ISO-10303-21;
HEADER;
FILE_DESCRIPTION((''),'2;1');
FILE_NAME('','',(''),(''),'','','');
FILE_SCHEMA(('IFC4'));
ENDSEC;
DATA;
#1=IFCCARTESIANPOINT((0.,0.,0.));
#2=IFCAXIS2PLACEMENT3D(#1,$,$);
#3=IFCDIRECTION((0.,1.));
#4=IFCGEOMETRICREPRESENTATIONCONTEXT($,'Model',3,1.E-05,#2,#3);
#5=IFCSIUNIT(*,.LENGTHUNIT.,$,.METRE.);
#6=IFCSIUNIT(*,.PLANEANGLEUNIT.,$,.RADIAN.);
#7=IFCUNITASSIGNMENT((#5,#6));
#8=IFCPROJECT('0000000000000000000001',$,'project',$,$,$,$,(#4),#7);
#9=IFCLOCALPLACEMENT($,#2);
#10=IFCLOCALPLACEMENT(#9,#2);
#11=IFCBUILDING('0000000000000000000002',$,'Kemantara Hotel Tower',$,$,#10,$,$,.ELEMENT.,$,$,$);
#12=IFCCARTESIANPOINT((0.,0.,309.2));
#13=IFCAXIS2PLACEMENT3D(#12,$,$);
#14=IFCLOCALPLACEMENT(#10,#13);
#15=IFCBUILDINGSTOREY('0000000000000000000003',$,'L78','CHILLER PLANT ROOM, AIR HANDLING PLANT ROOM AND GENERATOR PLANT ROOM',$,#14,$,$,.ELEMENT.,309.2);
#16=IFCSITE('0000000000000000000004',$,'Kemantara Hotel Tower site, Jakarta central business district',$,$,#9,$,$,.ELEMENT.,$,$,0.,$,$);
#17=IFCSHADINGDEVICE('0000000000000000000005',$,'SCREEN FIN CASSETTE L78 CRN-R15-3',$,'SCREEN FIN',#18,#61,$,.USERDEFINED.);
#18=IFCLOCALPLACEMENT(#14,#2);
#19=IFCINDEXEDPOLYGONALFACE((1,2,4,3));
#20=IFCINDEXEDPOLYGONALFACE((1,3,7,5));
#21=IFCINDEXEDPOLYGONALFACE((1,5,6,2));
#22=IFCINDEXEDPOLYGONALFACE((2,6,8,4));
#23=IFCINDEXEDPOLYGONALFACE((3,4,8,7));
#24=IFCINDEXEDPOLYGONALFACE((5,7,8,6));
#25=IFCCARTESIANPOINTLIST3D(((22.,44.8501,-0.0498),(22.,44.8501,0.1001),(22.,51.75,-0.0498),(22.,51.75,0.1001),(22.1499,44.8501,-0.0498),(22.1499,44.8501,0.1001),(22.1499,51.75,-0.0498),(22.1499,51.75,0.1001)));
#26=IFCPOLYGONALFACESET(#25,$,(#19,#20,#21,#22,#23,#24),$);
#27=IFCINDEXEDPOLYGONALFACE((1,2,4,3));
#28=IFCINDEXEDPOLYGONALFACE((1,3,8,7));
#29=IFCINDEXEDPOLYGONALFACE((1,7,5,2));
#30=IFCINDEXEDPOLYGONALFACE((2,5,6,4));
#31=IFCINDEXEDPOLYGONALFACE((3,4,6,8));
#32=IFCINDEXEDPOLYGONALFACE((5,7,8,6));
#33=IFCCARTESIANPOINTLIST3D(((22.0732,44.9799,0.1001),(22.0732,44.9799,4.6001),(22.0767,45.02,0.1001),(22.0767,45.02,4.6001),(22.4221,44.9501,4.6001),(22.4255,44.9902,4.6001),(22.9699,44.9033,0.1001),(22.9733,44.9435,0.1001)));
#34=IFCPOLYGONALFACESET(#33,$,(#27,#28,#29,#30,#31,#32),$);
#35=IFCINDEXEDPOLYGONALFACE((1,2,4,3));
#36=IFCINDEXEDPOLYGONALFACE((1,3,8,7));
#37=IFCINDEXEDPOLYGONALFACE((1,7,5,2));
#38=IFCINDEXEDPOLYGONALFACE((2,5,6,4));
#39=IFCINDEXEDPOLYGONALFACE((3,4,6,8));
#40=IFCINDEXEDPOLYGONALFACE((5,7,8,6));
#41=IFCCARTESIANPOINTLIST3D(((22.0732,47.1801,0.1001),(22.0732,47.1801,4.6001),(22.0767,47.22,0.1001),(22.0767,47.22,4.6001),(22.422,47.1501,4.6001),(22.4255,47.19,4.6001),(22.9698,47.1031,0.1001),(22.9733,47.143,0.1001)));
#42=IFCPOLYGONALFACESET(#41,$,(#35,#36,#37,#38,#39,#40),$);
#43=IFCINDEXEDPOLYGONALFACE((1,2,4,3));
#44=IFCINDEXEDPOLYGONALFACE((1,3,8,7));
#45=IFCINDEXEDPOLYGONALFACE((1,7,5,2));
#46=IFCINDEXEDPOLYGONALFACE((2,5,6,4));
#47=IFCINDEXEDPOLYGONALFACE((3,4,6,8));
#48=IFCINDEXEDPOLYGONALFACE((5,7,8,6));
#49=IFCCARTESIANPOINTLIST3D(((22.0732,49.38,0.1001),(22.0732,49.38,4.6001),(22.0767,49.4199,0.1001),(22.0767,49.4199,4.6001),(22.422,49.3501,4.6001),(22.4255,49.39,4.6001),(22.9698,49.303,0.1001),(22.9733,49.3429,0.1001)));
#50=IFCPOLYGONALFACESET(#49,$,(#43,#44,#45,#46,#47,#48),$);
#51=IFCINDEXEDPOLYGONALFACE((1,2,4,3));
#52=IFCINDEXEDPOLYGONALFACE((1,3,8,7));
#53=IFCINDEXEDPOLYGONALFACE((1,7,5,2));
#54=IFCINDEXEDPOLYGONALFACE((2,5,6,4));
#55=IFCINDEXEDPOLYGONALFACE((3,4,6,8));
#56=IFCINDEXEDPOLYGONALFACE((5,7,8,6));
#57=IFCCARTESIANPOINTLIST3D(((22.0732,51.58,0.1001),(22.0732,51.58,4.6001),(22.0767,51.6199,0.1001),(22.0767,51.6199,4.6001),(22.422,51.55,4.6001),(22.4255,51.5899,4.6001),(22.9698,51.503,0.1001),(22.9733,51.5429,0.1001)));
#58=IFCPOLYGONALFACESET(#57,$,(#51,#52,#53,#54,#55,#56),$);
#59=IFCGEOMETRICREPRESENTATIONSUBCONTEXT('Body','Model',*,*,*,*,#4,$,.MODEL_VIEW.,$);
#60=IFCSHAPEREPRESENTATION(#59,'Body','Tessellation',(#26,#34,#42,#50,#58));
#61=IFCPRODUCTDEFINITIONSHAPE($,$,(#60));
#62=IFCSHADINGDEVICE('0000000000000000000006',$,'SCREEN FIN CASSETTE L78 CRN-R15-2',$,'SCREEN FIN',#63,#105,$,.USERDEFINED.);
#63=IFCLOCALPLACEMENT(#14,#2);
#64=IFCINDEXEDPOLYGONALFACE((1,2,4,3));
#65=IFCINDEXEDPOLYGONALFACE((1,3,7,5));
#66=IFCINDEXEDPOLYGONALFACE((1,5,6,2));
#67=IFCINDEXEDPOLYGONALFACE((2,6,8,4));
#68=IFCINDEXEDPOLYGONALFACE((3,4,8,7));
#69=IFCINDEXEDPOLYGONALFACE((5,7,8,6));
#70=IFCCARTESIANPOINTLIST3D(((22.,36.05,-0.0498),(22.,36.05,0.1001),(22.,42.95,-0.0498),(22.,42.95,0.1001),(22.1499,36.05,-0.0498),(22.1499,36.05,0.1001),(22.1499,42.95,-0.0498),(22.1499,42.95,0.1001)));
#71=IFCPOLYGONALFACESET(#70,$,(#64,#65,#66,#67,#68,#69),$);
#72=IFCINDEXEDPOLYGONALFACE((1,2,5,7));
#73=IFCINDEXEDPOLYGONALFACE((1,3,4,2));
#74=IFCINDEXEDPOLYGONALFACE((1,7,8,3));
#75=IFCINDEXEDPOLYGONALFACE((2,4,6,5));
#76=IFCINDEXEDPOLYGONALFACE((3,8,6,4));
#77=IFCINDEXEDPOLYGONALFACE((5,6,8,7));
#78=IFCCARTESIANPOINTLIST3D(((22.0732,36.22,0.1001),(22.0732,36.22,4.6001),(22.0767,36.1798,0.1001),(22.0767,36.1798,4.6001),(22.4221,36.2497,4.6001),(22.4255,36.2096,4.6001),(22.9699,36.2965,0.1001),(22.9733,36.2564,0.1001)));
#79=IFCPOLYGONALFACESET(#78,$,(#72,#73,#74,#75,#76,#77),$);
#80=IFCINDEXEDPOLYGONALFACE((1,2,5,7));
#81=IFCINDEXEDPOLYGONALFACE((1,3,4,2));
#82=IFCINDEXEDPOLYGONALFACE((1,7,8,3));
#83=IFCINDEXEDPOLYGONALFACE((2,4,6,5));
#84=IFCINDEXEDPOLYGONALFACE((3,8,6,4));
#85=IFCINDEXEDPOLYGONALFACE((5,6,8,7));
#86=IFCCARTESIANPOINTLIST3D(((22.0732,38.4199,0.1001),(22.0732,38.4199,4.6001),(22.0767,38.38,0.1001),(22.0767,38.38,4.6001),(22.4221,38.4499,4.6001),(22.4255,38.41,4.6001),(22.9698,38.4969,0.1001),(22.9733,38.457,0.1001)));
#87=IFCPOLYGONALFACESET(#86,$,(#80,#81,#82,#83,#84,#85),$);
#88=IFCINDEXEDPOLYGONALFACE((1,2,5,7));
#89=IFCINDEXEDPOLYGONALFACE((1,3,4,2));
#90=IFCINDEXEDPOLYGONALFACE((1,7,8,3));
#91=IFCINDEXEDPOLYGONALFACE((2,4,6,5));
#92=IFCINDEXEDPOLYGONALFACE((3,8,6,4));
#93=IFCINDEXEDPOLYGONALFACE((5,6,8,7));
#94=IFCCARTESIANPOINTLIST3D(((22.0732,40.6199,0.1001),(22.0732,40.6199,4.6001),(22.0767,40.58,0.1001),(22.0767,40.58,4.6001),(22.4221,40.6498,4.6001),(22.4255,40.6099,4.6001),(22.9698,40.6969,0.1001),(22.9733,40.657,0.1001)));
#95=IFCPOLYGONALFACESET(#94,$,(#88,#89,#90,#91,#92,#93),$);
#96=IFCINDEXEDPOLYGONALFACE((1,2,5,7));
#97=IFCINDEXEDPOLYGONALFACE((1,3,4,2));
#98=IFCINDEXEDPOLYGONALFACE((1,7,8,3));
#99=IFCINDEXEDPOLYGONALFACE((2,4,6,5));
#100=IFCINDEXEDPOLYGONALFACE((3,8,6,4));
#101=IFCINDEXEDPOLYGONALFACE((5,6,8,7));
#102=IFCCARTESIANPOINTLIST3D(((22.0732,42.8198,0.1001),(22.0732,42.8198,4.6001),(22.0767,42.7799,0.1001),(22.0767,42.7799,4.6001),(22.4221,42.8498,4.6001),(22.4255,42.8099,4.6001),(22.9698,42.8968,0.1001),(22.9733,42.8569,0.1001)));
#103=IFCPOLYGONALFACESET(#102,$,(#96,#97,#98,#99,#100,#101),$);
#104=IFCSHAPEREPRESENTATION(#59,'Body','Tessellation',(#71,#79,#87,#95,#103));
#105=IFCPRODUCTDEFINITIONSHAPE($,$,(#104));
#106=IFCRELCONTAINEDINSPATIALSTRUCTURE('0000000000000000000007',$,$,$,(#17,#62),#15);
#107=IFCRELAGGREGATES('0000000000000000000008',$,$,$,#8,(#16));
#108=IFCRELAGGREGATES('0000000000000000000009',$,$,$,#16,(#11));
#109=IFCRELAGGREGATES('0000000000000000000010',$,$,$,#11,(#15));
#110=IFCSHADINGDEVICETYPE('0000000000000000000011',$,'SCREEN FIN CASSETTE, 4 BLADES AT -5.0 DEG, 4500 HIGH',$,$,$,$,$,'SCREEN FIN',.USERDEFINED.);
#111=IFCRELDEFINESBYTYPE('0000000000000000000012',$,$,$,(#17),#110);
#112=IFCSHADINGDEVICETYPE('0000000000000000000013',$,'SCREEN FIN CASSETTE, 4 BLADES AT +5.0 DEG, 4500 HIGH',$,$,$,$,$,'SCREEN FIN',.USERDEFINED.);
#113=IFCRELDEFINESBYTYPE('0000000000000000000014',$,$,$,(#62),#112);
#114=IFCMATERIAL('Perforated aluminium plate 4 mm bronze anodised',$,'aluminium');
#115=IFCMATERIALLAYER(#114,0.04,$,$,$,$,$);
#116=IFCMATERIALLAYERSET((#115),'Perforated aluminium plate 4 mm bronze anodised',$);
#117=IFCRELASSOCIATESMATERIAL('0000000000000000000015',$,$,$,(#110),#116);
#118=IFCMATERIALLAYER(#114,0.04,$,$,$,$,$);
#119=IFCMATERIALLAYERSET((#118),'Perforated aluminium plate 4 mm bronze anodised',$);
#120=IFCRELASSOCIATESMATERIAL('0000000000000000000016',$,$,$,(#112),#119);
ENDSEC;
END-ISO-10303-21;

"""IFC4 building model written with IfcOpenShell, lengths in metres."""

from ifc_helpers import new_model, si_unit, direction, frame, origin, origin_2d, place, context, subcontext, project, spatial, polyline, rectangle, outline, extrude, source, transform, mapped, material, layer, layer_set, type_object, element, save


model = new_model("IFC4")

# Units and contexts
model_context = context("Model", 3, precision=1e-05, world=origin(), true_north=direction((0.0, 1.0)))
body_context = subcontext(model_context, "Body", "Model", "MODEL_VIEW")
ifc_project = project(units=[si_unit("LENGTHUNIT", "METRE"), si_unit("PLANEANGLEUNIT", "RADIAN")], contexts=[model_context])

# Site, building, storey
site_placement = place(None, origin())
site = spatial("IfcSite", under=ifc_project, at=site_placement, Name="Kemantara Hotel Tower site, Jakarta central business district", CompositionType="ELEMENT", RefElevation=0.0)
building_placement = place(site_placement, origin())
building = spatial("IfcBuilding", under=site, at=building_placement, Name="Kemantara Hotel Tower", CompositionType="ELEMENT")
storey_placement = place(building_placement, frame((0.0, 0.0, 309.2)))
storey = spatial("IfcBuildingStorey", under=building, at=storey_placement, Name="L78", Description="CHILLER PLANT ROOM, AIR HANDLING PLANT ROOM AND GENERATOR PLANT ROOM", CompositionType="ELEMENT", Elevation=309.2)

# Shading devices
ifc_material_1 = material(Name="Perforated aluminium plate 4 mm bronze anodised", Category="aluminium")
ifc_layer_1 = layer(ifc_material_1, 0.04)
ifc_layer_set_1 = layer_set([ifc_layer_1], Name="Perforated aluminium plate 4 mm bronze anodised")
shading_device_type_1 = type_object("IfcShadingDeviceType", Name="SCREEN FIN CASSETTE, 4 BLADES AT -5.0 DEG, 4500 HIGH", ElementType="SCREEN FIN", PredefinedType="USERDEFINED", material=ifc_layer_set_1)
shared_shape_1 = source(origin(), body_context, "Body", "SweptSolid", [
    extrude(rectangle(XDim=6.8999, YDim=0.1499, at=origin_2d()), frame((3.3, -0.075, -0.1499), z_axis=(0.0, 0.0, 1.0), x_axis=(1.0, 0.0, 0.0)), (0.0, 0.0, 1.0), 0.1499),
    extrude(outline(polyline([(0.0, 0.0), (0.8999, 0.0), (0.3501, 4.5), (0.0, 4.5), (0.0, 0.0)])), frame((0.02, -0.0767, 0.0), z_axis=(-0.996376, 0.085056, 0.0), x_axis=(-0.085056, -0.996376, 0.0)), (0.0, 0.0, 1.0), 0.0403),
    extrude(outline(polyline([(0.0, 0.0), (0.8999, 0.0), (0.3501, 4.5), (0.0, 4.5), (0.0, 0.0)])), frame((2.22, -0.0767, 0.0), z_axis=(-0.996332, 0.085575, 0.0), x_axis=(-0.085575, -0.996332, 0.0)), (0.0, 0.0, 1.0), 0.04),
    extrude(outline(polyline([(0.0, 0.0), (0.8999, 0.0), (0.3501, 4.5), (0.0, 4.5), (0.0, 0.0)])), frame((4.4199, -0.0767, 0.0), z_axis=(-0.996332, 0.085575, 0.0), x_axis=(-0.085575, -0.996332, 0.0)), (0.0, 0.0, 1.0), 0.04),
    extrude(outline(polyline([(0.0, 0.0), (0.8999, 0.0), (0.3501, 4.5), (0.0, 4.5), (0.0, 0.0)])), frame((6.6199, -0.0767, 0.0), z_axis=(-0.996332, 0.085575, 0.0), x_axis=(-0.085575, -0.996332, 0.0)), (0.0, 0.0, 1.0), 0.04),
])
shading_device_1_placement = place(storey_placement, frame((22.0, 45.0, 0.1001), z_axis=(0.0, 0.0, 1.0), x_axis=(0.0, 1.0, 0.0)))
element("IfcShadingDevice", 1, at=shading_device_1_placement, inside=storey, type_object=shading_device_type_1, Name="SCREEN FIN CASSETTE L78 CRN-R15-3", ObjectType="SCREEN FIN", PredefinedType="USERDEFINED", context=body_context, shape_type="MappedRepresentation", body=[
    mapped(shared_shape_1, transform((0.0, 0.0, 0.0))),
])
ifc_layer_2 = layer(ifc_material_1, 0.04)
ifc_layer_set_2 = layer_set([ifc_layer_2], Name="Perforated aluminium plate 4 mm bronze anodised")
shading_device_type_2 = type_object("IfcShadingDeviceType", Name="SCREEN FIN CASSETTE, 4 BLADES AT +5.0 DEG, 4500 HIGH", ElementType="SCREEN FIN", PredefinedType="USERDEFINED", material=ifc_layer_set_2)
shared_shape_2 = source(origin(), body_context, "Body", "SweptSolid", [
    extrude(rectangle(XDim=6.8999, YDim=0.1499, at=origin_2d()), frame((3.3, -0.075, -0.1499), z_axis=(0.0, 0.0, 1.0), x_axis=(1.0, 0.0, 0.0)), (0.0, 0.0, 1.0), 0.1499),
    extrude(outline(polyline([(0.0, 0.0), (0.8999, 0.0), (0.3501, 4.5), (0.0, 4.5), (0.0, 0.0)])), frame((0.02, -0.0732, 0.0), z_axis=(-0.996376, -0.085056, 0.0), x_axis=(0.085056, -0.996376, 0.0)), (0.0, 0.0, 1.0), 0.0403),
    extrude(outline(polyline([(0.0, 0.0), (0.8999, 0.0), (0.3501, 4.5), (0.0, 4.5), (0.0, 0.0)])), frame((2.22, -0.0732, 0.0), z_axis=(-0.996332, -0.085575, 0.0), x_axis=(0.085575, -0.996332, 0.0)), (0.0, 0.0, 1.0), 0.04),
    extrude(outline(polyline([(0.0, 0.0), (0.8999, 0.0), (0.3501, 4.5), (0.0, 4.5), (0.0, 0.0)])), frame((4.4199, -0.0732, 0.0), z_axis=(-0.996332, -0.085575, 0.0), x_axis=(0.085575, -0.996332, 0.0)), (0.0, 0.0, 1.0), 0.04),
    extrude(outline(polyline([(0.0, 0.0), (0.8999, 0.0), (0.3501, 4.5), (0.0, 4.5), (0.0, 0.0)])), frame((6.6199, -0.0732, 0.0), z_axis=(-0.996332, -0.085575, 0.0), x_axis=(0.085575, -0.996332, 0.0)), (0.0, 0.0, 1.0), 0.04),
])
shading_device_2_placement = place(storey_placement, frame((22.0, 36.2, 0.1001), z_axis=(0.0, 0.0, 1.0), x_axis=(0.0, 1.0, 0.0)))
element("IfcShadingDevice", 2, at=shading_device_2_placement, inside=storey, type_object=shading_device_type_2, Name="SCREEN FIN CASSETTE L78 CRN-R15-2", ObjectType="SCREEN FIN", PredefinedType="USERDEFINED", context=body_context, shape_type="MappedRepresentation", body=[
    mapped(shared_shape_2, transform((0.0, 0.0, 0.0))),
])

save(model, "model.ifc")
